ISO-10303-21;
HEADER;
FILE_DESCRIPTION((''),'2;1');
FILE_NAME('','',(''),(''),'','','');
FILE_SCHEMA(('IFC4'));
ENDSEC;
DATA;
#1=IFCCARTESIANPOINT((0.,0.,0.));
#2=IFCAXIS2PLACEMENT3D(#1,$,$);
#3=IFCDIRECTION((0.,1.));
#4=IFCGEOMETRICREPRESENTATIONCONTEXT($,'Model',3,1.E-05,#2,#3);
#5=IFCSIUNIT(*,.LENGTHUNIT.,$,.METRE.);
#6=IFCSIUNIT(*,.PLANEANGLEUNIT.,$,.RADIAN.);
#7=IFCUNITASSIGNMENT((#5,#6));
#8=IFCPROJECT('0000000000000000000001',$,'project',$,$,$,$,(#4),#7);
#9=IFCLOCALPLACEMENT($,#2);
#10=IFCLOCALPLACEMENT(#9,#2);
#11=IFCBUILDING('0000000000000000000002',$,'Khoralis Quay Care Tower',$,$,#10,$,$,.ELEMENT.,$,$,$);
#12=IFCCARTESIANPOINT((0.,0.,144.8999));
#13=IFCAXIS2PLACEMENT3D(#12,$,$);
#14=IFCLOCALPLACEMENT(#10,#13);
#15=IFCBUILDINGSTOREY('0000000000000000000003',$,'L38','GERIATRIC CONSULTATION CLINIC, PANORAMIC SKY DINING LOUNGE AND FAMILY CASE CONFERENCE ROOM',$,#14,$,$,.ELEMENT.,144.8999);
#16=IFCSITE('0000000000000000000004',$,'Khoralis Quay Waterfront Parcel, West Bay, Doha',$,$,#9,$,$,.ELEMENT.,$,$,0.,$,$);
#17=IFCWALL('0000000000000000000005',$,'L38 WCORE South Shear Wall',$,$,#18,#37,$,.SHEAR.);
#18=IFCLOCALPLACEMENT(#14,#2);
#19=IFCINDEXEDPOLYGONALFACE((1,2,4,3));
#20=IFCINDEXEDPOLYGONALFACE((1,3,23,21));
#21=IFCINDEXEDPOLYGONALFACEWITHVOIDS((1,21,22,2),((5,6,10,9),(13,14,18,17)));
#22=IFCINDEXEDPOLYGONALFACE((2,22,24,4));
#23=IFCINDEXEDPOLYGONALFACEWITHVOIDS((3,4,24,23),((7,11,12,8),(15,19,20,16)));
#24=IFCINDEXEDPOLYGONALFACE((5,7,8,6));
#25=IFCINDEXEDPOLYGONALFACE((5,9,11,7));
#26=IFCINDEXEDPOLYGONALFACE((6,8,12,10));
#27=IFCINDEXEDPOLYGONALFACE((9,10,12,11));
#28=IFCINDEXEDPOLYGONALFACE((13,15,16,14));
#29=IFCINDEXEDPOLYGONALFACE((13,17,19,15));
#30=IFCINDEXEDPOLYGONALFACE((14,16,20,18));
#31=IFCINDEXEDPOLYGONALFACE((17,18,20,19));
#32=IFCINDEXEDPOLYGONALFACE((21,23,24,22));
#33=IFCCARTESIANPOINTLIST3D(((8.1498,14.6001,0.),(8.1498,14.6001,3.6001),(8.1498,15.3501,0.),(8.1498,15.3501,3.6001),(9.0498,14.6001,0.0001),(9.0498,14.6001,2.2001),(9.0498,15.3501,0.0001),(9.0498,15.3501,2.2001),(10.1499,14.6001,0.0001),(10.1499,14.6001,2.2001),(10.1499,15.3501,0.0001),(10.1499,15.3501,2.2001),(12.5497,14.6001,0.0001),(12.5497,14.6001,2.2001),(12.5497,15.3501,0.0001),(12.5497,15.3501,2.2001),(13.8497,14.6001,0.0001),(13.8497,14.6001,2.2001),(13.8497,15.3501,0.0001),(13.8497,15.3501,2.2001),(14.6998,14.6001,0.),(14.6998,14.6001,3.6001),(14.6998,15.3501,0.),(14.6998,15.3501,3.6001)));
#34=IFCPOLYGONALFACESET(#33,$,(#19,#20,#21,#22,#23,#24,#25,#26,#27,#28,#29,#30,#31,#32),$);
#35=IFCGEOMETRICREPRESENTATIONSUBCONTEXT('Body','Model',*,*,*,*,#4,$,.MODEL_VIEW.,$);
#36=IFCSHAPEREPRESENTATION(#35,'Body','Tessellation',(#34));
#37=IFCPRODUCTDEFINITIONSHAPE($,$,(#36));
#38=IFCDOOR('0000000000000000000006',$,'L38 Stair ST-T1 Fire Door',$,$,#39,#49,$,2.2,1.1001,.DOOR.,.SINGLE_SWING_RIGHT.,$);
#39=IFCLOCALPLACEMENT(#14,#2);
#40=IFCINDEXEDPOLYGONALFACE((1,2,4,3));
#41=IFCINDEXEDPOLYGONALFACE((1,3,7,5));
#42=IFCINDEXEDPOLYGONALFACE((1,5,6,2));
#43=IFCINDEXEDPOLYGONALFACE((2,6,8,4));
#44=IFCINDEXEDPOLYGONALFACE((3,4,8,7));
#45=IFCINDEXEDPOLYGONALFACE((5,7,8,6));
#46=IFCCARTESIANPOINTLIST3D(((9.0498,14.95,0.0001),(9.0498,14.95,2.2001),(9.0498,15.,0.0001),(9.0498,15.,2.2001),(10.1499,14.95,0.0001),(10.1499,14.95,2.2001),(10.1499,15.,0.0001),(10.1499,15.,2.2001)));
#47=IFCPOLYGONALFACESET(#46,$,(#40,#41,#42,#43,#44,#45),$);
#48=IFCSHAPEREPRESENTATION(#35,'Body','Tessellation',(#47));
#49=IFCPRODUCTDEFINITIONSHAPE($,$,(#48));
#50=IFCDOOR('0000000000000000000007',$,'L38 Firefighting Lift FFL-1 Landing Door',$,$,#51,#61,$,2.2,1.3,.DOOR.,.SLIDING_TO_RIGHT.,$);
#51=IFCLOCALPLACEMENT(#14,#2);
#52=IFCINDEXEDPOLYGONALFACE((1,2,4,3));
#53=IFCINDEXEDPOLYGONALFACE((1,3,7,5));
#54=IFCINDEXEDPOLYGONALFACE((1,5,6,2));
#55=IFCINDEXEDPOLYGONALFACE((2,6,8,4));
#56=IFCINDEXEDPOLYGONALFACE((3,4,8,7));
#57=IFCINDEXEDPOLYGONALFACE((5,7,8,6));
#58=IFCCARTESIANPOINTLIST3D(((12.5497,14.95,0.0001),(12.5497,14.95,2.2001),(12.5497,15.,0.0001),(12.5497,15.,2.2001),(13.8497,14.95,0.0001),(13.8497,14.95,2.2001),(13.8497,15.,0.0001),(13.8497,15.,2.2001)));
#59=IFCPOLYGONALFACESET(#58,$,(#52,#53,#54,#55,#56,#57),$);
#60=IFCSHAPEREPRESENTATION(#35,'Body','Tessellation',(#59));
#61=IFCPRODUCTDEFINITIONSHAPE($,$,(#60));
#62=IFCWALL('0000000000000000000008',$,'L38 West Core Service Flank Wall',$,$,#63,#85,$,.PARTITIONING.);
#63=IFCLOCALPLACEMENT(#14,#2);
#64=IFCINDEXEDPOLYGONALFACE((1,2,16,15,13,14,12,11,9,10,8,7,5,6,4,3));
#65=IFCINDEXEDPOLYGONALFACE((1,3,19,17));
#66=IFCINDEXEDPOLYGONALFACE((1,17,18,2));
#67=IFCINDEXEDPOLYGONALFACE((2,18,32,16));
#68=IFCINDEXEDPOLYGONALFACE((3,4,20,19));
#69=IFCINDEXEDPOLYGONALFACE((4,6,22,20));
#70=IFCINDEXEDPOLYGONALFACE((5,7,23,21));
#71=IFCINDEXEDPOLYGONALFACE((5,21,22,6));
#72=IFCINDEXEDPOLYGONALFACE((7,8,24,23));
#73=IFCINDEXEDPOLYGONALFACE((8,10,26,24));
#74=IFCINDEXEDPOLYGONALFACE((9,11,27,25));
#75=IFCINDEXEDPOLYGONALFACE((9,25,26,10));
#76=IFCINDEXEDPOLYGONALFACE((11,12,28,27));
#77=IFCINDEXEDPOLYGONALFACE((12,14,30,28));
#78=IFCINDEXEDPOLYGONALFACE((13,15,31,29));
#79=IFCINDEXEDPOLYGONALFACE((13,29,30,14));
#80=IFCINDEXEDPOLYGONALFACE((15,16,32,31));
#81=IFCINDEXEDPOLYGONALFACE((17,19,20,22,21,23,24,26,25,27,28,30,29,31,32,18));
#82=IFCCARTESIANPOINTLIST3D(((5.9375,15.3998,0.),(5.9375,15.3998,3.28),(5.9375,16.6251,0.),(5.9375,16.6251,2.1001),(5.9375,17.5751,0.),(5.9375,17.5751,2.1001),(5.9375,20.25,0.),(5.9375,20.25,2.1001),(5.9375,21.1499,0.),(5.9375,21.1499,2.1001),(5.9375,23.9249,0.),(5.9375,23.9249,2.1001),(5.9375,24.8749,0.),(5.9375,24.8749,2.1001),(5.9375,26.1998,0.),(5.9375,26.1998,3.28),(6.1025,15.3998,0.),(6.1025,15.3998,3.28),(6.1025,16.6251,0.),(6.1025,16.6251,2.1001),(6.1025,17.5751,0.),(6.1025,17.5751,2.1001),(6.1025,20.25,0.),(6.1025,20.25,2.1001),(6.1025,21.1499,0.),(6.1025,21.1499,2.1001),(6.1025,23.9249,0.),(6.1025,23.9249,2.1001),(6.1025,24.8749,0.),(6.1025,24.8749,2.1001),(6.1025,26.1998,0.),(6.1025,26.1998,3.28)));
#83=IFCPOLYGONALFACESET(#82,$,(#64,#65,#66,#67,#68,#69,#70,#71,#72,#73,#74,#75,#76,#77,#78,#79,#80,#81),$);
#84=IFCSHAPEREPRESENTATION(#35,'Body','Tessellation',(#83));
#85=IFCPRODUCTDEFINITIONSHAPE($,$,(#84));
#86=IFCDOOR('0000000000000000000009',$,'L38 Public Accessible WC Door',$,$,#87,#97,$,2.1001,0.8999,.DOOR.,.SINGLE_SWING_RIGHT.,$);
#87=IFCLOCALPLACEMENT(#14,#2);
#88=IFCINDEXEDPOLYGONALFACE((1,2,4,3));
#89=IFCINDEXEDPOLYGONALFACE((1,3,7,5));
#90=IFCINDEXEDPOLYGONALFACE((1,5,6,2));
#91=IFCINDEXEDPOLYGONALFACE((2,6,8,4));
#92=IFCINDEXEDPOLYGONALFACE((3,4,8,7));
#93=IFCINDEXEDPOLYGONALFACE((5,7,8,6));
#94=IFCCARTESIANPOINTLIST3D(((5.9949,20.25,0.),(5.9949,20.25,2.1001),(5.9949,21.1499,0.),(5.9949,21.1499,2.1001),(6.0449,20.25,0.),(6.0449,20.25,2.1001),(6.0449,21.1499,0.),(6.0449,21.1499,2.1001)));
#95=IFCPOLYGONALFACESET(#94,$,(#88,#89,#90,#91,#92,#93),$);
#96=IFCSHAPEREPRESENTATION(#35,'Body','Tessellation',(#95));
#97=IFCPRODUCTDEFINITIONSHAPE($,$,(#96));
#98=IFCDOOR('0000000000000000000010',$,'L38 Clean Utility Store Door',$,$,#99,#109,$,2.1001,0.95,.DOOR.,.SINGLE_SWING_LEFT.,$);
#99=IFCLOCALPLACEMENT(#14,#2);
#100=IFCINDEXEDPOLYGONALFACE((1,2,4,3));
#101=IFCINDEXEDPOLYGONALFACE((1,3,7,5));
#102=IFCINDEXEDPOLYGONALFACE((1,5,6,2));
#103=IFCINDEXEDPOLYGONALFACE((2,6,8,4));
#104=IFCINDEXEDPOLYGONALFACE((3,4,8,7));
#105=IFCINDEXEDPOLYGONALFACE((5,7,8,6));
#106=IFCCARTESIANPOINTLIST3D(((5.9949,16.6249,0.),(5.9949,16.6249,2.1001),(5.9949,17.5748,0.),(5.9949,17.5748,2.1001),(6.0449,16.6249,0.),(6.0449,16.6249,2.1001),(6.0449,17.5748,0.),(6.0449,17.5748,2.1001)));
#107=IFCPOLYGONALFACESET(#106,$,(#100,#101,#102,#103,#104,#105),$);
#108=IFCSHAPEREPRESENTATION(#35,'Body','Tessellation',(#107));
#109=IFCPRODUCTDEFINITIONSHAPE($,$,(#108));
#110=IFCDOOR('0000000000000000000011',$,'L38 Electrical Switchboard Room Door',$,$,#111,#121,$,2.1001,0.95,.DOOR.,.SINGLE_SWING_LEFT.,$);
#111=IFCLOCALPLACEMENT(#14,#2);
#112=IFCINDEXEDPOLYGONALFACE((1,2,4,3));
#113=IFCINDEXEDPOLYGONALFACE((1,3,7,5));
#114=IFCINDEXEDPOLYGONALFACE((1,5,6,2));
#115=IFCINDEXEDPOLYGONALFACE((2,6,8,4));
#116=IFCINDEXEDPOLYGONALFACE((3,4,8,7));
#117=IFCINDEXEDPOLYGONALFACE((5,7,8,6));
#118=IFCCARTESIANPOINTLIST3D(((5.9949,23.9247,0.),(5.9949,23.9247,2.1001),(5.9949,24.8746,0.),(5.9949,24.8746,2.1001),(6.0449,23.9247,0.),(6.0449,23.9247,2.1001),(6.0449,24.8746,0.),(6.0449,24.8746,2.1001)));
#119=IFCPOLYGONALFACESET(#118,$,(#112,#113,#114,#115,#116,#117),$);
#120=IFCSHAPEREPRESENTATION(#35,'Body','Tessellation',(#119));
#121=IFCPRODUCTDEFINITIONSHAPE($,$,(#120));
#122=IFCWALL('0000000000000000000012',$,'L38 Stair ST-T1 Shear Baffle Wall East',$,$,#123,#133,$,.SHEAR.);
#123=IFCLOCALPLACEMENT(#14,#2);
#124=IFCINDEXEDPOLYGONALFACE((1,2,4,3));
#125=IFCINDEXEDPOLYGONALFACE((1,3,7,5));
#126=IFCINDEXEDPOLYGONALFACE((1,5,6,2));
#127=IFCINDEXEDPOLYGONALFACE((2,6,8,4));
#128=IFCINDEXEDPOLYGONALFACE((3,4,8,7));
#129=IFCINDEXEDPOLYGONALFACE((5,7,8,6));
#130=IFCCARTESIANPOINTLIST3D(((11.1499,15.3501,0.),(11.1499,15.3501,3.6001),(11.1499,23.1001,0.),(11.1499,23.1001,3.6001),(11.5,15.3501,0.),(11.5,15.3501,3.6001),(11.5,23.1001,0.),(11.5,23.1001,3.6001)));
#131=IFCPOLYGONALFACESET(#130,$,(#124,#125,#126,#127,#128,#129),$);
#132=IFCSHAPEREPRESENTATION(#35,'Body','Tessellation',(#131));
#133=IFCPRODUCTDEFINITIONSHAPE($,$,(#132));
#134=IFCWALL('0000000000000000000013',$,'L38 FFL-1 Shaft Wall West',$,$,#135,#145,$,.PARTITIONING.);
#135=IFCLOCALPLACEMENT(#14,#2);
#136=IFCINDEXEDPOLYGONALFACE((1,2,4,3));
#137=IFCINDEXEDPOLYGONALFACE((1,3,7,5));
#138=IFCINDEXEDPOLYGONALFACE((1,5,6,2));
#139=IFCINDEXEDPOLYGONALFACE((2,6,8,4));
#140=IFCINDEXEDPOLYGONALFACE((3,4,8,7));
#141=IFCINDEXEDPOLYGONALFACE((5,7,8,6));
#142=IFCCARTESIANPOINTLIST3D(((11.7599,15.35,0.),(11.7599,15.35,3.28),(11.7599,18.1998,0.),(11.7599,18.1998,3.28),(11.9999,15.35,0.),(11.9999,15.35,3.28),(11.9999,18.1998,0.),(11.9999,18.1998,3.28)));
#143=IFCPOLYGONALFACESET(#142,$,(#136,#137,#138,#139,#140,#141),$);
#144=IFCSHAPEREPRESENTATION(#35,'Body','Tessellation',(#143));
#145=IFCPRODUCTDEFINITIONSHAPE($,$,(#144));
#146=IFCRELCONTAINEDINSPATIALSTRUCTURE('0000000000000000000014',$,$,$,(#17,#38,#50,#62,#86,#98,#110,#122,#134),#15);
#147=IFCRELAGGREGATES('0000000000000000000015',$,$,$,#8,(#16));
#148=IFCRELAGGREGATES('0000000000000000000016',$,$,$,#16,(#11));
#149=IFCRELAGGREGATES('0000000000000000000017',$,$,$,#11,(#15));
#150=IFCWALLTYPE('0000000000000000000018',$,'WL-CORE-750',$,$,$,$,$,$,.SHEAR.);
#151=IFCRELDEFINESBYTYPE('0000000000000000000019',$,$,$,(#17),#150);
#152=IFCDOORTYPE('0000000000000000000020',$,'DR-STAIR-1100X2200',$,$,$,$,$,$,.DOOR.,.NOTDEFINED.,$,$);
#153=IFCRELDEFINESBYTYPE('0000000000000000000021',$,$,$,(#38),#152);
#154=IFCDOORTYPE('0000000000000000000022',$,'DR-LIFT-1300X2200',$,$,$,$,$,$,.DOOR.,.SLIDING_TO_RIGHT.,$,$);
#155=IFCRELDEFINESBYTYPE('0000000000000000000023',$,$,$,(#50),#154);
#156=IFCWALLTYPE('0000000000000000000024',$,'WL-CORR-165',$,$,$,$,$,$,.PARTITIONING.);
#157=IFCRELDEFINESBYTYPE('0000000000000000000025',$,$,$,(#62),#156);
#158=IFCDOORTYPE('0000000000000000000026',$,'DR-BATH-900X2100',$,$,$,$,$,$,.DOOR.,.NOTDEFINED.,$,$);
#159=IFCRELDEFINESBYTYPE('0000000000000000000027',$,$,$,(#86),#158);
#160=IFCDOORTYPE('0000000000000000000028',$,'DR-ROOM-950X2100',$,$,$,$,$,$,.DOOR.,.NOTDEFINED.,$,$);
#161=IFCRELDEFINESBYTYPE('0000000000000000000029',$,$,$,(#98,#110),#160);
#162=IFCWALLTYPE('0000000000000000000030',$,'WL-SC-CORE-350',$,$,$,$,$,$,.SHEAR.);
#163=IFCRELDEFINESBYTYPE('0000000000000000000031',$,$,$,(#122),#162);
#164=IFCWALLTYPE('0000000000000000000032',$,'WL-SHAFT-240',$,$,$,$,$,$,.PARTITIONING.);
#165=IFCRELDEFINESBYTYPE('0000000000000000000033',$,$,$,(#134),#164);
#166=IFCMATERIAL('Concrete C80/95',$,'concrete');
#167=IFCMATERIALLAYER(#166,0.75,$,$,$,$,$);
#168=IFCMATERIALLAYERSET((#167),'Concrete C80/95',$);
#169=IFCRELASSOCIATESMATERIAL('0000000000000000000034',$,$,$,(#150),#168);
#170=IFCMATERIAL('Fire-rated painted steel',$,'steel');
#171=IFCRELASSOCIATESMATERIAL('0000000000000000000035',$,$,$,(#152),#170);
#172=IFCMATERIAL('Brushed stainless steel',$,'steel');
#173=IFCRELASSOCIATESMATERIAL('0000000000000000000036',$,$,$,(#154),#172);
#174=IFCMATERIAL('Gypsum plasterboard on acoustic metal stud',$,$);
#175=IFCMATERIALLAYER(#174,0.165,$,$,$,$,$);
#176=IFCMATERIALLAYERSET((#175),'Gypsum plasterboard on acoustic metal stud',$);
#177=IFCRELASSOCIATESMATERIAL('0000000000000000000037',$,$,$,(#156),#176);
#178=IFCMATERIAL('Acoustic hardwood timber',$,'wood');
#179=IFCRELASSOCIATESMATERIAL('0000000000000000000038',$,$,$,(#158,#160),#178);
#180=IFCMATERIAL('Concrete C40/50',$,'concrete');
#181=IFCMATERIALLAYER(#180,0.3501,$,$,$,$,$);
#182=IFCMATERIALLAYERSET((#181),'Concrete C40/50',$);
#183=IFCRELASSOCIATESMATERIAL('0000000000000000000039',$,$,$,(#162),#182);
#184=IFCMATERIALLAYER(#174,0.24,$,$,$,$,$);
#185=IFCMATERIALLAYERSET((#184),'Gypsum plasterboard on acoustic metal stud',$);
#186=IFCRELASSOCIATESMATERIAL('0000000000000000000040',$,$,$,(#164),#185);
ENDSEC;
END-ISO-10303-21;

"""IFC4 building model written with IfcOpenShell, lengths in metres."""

from ifc_helpers import new_model, si_unit, direction, frame, frame_2d, origin, place, context, subcontext, project, spatial, rectangle, extrude, source, transform, mapped, material, layer, layer_set, type_object, element, fill, save


model = new_model("IFC4")

# Units and contexts
model_context = context("Model", 3, precision=1e-05, world=origin(), true_north=direction((0.0, 1.0)))
body_context = subcontext(model_context, "Body", "Model", "MODEL_VIEW")
ifc_project = project(units=[si_unit("LENGTHUNIT", "METRE"), si_unit("PLANEANGLEUNIT", "RADIAN")], contexts=[model_context])

# Site, building, storey
site_placement = place(None, origin())
site = spatial("IfcSite", under=ifc_project, at=site_placement, Name="Khoralis Quay Waterfront Parcel, West Bay, Doha", CompositionType="ELEMENT", RefElevation=0.0)
building_placement = place(site_placement, origin())
building = spatial("IfcBuilding", under=site, at=building_placement, Name="Khoralis Quay Care Tower", CompositionType="ELEMENT")
storey_placement = place(building_placement, frame((0.0, 0.0, 144.8999)))
storey = spatial("IfcBuildingStorey", under=building, at=storey_placement, Name="L38", Description="GERIATRIC CONSULTATION CLINIC, PANORAMIC SKY DINING LOUNGE AND FAMILY CASE CONFERENCE ROOM", CompositionType="ELEMENT", Elevation=144.8999)

# Shared definitions
ifc_material_1 = material(Name="Gypsum plasterboard on acoustic metal stud")
ifc_material_2 = material(Name="Fire-rated painted steel", Category="steel")

# Shared definitions
ifc_material_3 = material(Name="Concrete C80/95", Category="concrete")
ifc_layer_1 = layer(ifc_material_3, 0.75)
ifc_layer_set_1 = layer_set([ifc_layer_1], Name="Concrete C80/95")
wall_type_1 = type_object("IfcWallType", Name="WL-CORE-750", PredefinedType="SHEAR", material=ifc_layer_set_1)

# Shared definitions
door_type_1 = type_object("IfcDoorType", Name="DR-STAIR-1100X2200", OperationType="NOTDEFINED", PredefinedType="DOOR", material=ifc_material_2)
shared_shape_1 = source(origin(), body_context, "Body", "SweptSolid", [
    extrude(rectangle(XDim=1.1001, YDim=2.2, at=frame_2d((0.55, 1.1001))), frame((0.0, 0.0249, 0.0), z_axis=(0.0, -1.0, 0.0), x_axis=(1.0, 0.0, 0.0)), (0.0, 0.0, 1.0), 0.05),
])

# Walls, openings, doors
wall_1_placement = place(storey_placement, frame((8.1499, 14.9751, 0.0), z_axis=(0.0, 0.0, 1.0), x_axis=(1.0, 0.0, 0.0)))
wall_1 = element("IfcWall", 1, at=wall_1_placement, inside=storey, type_object=wall_type_1, Name="L38 WCORE South Shear Wall", PredefinedType="SHEAR", context=body_context, shape_type="SweptSolid", body=[
    extrude(rectangle(XDim=6.55, YDim=0.75, at=frame_2d((3.2749, 0.0))), origin(), (0.0, 0.0, 1.0), 3.6001),
])
opening_1_placement = place(wall_1_placement, frame((0.8999, 0.0, 0.0)))
opening_1 = element("IfcOpeningElement", 2, at=opening_1_placement, cuts=wall_1, PredefinedType="OPENING", context=body_context, shape_type="SweptSolid", body=[
    extrude(rectangle(XDim=1.1001, YDim=2.2, at=frame_2d((0.55, 1.1001))), frame((0.0, 0.385, 0.0), z_axis=(0.0, -1.0, 0.0), x_axis=(1.0, 0.0, 0.0)), (0.0, 0.0, 1.0), 0.77),
])
opening_2_placement = place(wall_1_placement, frame((4.3999, 0.0, 0.0)))
opening_2 = element("IfcOpeningElement", 3, at=opening_2_placement, cuts=wall_1, PredefinedType="OPENING", context=body_context, shape_type="SweptSolid", body=[
    extrude(rectangle(XDim=1.3, YDim=2.2, at=frame_2d((0.6499, 1.1001))), frame((0.0, 0.385, 0.0), z_axis=(0.0, -1.0, 0.0), x_axis=(1.0, 0.0, 0.0)), (0.0, 0.0, 1.0), 0.77),
])
door_1_placement = place(opening_1_placement, origin())
door_1 = element("IfcDoor", 4, at=door_1_placement, inside=storey, type_object=door_type_1, Name="L38 Stair ST-T1 Fire Door", OperationType="SINGLE_SWING_RIGHT", OverallHeight=2.2, OverallWidth=1.1001, PredefinedType="DOOR", context=body_context, shape_type="MappedRepresentation", body=[
    mapped(shared_shape_1, transform((0.0, 0.0, 0.0), scale=1.0)),
])
fill(opening_1, door_1)
ifc_material_4 = material(Name="Brushed stainless steel", Category="steel")
door_type_2 = type_object("IfcDoorType", Name="DR-LIFT-1300X2200", OperationType="SLIDING_TO_RIGHT", PredefinedType="DOOR", material=ifc_material_4)
shared_shape_2 = source(origin(), body_context, "Body", "SweptSolid", [
    extrude(rectangle(XDim=1.3, YDim=2.2, at=frame_2d((0.6499, 1.1001))), frame((0.0, 0.0249, 0.0), z_axis=(0.0, -1.0, 0.0), x_axis=(1.0, 0.0, 0.0)), (0.0, 0.0, 1.0), 0.05),
])
door_2_placement = place(opening_2_placement, origin())
door_2 = element("IfcDoor", 5, at=door_2_placement, inside=storey, type_object=door_type_2, Name="L38 Firefighting Lift FFL-1 Landing Door", OperationType="SLIDING_TO_RIGHT", OverallHeight=2.2, OverallWidth=1.3, PredefinedType="DOOR", context=body_context, shape_type="MappedRepresentation", body=[
    mapped(shared_shape_2, transform((0.0, 0.0, 0.0), scale=1.0)),
])
fill(opening_2, door_2)
ifc_layer_2 = layer(ifc_material_1, 0.165)
ifc_layer_set_2 = layer_set([ifc_layer_2], Name="Gypsum plasterboard on acoustic metal stud")
wall_type_2 = type_object("IfcWallType", Name="WL-CORR-165", PredefinedType="PARTITIONING", material=ifc_layer_set_2)
wall_2_placement = place(storey_placement, frame((6.02, 15.3999, 0.0), z_axis=(0.0, 0.0, 1.0), x_axis=(0.0, 1.0, 0.0)))
wall_2 = element("IfcWall", 6, at=wall_2_placement, inside=storey, type_object=wall_type_2, Name="L38 West Core Service Flank Wall", PredefinedType="PARTITIONING", context=body_context, shape_type="SweptSolid", body=[
    extrude(rectangle(XDim=10.8, YDim=0.165, at=frame_2d((5.3999, 0.0))), origin(), (0.0, 0.0, 1.0), 3.28),
])
opening_3_placement = place(wall_2_placement, frame((1.2251, 0.0, 0.0)))
opening_3 = element("IfcOpeningElement", 7, at=opening_3_placement, cuts=wall_2, PredefinedType="OPENING", context=body_context, shape_type="SweptSolid", body=[
    extrude(rectangle(XDim=0.95, YDim=2.1001, at=frame_2d((0.4751, 1.05))), frame((0.0, 0.0925, 0.0), z_axis=(0.0, -1.0, 0.0), x_axis=(1.0, 0.0, 0.0)), (0.0, 0.0, 1.0), 0.1851),
])
opening_4_placement = place(wall_2_placement, frame((4.8501, 0.0, 0.0)))
opening_4 = element("IfcOpeningElement", 8, at=opening_4_placement, cuts=wall_2, PredefinedType="OPENING", context=body_context, shape_type="SweptSolid", body=[
    extrude(rectangle(XDim=0.8999, YDim=2.1001, at=frame_2d((0.45, 1.05))), frame((0.0, 0.0925, 0.0), z_axis=(0.0, -1.0, 0.0), x_axis=(1.0, 0.0, 0.0)), (0.0, 0.0, 1.0), 0.1851),
])
opening_5_placement = place(wall_2_placement, frame((8.5249, 0.0, 0.0)))
opening_5 = element("IfcOpeningElement", 9, at=opening_5_placement, cuts=wall_2, PredefinedType="OPENING", context=body_context, shape_type="SweptSolid", body=[
    extrude(rectangle(XDim=0.95, YDim=2.1001, at=frame_2d((0.4751, 1.05))), frame((0.0, 0.0925, 0.0), z_axis=(0.0, -1.0, 0.0), x_axis=(1.0, 0.0, 0.0)), (0.0, 0.0, 1.0), 0.1851),
])
ifc_material_5 = material(Name="Acoustic hardwood timber", Category="wood")
door_type_3 = type_object("IfcDoorType", Name="DR-BATH-900X2100", OperationType="NOTDEFINED", PredefinedType="DOOR", material=ifc_material_5)
shared_shape_3 = source(origin(), body_context, "Body", "SweptSolid", [
    extrude(rectangle(XDim=0.8999, YDim=2.1001, at=frame_2d((0.45, 1.05))), frame((0.0, 0.0249, 0.0), z_axis=(0.0, -1.0, 0.0), x_axis=(1.0, 0.0, 0.0)), (0.0, 0.0, 1.0), 0.05),
])
door_3_placement = place(opening_4_placement, frame((0.8999, 0.0, 0.0), z_axis=(0.0, 0.0, 1.0), x_axis=(-1.0, 0.0, 0.0)))
door_3 = element("IfcDoor", 10, at=door_3_placement, inside=storey, type_object=door_type_3, Name="L38 Public Accessible WC Door", OperationType="SINGLE_SWING_RIGHT", OverallHeight=2.1001, OverallWidth=0.8999, PredefinedType="DOOR", context=body_context, shape_type="MappedRepresentation", body=[
    mapped(shared_shape_3, transform((0.0, 0.0, 0.0), scale=1.0)),
])
fill(opening_4, door_3)
door_type_4 = type_object("IfcDoorType", Name="DR-ROOM-950X2100", OperationType="NOTDEFINED", PredefinedType="DOOR", material=ifc_material_5)
shared_shape_4 = source(origin(), body_context, "Body", "SweptSolid", [
    extrude(rectangle(XDim=0.95, YDim=2.1001, at=frame_2d((0.4751, 1.05))), frame((0.0, 0.0249, 0.0), z_axis=(0.0, -1.0, 0.0), x_axis=(1.0, 0.0, 0.0)), (0.0, 0.0, 1.0), 0.05),
])
door_4_placement = place(opening_3_placement, frame((0.95, 0.0, 0.0), z_axis=(0.0, 0.0, 1.0), x_axis=(-1.0, 0.0, 0.0)))
door_4 = element("IfcDoor", 11, at=door_4_placement, inside=storey, type_object=door_type_4, Name="L38 Clean Utility Store Door", OperationType="SINGLE_SWING_LEFT", OverallHeight=2.1001, OverallWidth=0.95, PredefinedType="DOOR", context=body_context, shape_type="MappedRepresentation", body=[
    mapped(shared_shape_4, transform((0.0, 0.0, 0.0), scale=1.0)),
])
fill(opening_3, door_4)
door_5_placement = place(opening_5_placement, frame((0.95, 0.0, 0.0), z_axis=(0.0, 0.0, 1.0), x_axis=(-1.0, 0.0, 0.0)))
door_5 = element("IfcDoor", 12, at=door_5_placement, inside=storey, type_object=door_type_4, Name="L38 Electrical Switchboard Room Door", OperationType="SINGLE_SWING_LEFT", OverallHeight=2.1001, OverallWidth=0.95, PredefinedType="DOOR", context=body_context, shape_type="MappedRepresentation", body=[
    mapped(shared_shape_4, transform((0.0, 0.0, 0.0), scale=1.0)),
])
fill(opening_5, door_5)

# Walls
ifc_material_6 = material(Name="Concrete C40/50", Category="concrete")
ifc_layer_3 = layer(ifc_material_6, 0.3501)
ifc_layer_set_3 = layer_set([ifc_layer_3], Name="Concrete C40/50")
wall_type_3 = type_object("IfcWallType", Name="WL-SC-CORE-350", PredefinedType="SHEAR", material=ifc_layer_set_3)
wall_3_placement = place(storey_placement, frame((11.325, 15.3501, 0.0), z_axis=(0.0, 0.0, 1.0), x_axis=(0.0, 1.0, 0.0)))
element("IfcWall", 13, at=wall_3_placement, inside=storey, type_object=wall_type_3, Name="L38 Stair ST-T1 Shear Baffle Wall East", PredefinedType="SHEAR", context=body_context, shape_type="SweptSolid", body=[
    extrude(rectangle(XDim=7.75, YDim=0.3501, at=frame_2d((3.875, 0.0))), origin(), (0.0, 0.0, 1.0), 3.6001),
])
ifc_layer_4 = layer(ifc_material_1, 0.24)
ifc_layer_set_4 = layer_set([ifc_layer_4], Name="Gypsum plasterboard on acoustic metal stud")
wall_type_4 = type_object("IfcWallType", Name="WL-SHAFT-240", PredefinedType="PARTITIONING", material=ifc_layer_set_4)
wall_4_placement = place(storey_placement, frame((11.8799, 15.3501, 0.0), z_axis=(0.0, 0.0, 1.0), x_axis=(0.0, 1.0, 0.0)))
element("IfcWall", 14, at=wall_4_placement, inside=storey, type_object=wall_type_4, Name="L38 FFL-1 Shaft Wall West", PredefinedType="PARTITIONING", context=body_context, shape_type="SweptSolid", body=[
    extrude(rectangle(XDim=2.8499, YDim=0.24, at=frame_2d((1.4248, 0.0))), origin(), (0.0, 0.0, 1.0), 3.28),
])

save(model, "model.ifc")
